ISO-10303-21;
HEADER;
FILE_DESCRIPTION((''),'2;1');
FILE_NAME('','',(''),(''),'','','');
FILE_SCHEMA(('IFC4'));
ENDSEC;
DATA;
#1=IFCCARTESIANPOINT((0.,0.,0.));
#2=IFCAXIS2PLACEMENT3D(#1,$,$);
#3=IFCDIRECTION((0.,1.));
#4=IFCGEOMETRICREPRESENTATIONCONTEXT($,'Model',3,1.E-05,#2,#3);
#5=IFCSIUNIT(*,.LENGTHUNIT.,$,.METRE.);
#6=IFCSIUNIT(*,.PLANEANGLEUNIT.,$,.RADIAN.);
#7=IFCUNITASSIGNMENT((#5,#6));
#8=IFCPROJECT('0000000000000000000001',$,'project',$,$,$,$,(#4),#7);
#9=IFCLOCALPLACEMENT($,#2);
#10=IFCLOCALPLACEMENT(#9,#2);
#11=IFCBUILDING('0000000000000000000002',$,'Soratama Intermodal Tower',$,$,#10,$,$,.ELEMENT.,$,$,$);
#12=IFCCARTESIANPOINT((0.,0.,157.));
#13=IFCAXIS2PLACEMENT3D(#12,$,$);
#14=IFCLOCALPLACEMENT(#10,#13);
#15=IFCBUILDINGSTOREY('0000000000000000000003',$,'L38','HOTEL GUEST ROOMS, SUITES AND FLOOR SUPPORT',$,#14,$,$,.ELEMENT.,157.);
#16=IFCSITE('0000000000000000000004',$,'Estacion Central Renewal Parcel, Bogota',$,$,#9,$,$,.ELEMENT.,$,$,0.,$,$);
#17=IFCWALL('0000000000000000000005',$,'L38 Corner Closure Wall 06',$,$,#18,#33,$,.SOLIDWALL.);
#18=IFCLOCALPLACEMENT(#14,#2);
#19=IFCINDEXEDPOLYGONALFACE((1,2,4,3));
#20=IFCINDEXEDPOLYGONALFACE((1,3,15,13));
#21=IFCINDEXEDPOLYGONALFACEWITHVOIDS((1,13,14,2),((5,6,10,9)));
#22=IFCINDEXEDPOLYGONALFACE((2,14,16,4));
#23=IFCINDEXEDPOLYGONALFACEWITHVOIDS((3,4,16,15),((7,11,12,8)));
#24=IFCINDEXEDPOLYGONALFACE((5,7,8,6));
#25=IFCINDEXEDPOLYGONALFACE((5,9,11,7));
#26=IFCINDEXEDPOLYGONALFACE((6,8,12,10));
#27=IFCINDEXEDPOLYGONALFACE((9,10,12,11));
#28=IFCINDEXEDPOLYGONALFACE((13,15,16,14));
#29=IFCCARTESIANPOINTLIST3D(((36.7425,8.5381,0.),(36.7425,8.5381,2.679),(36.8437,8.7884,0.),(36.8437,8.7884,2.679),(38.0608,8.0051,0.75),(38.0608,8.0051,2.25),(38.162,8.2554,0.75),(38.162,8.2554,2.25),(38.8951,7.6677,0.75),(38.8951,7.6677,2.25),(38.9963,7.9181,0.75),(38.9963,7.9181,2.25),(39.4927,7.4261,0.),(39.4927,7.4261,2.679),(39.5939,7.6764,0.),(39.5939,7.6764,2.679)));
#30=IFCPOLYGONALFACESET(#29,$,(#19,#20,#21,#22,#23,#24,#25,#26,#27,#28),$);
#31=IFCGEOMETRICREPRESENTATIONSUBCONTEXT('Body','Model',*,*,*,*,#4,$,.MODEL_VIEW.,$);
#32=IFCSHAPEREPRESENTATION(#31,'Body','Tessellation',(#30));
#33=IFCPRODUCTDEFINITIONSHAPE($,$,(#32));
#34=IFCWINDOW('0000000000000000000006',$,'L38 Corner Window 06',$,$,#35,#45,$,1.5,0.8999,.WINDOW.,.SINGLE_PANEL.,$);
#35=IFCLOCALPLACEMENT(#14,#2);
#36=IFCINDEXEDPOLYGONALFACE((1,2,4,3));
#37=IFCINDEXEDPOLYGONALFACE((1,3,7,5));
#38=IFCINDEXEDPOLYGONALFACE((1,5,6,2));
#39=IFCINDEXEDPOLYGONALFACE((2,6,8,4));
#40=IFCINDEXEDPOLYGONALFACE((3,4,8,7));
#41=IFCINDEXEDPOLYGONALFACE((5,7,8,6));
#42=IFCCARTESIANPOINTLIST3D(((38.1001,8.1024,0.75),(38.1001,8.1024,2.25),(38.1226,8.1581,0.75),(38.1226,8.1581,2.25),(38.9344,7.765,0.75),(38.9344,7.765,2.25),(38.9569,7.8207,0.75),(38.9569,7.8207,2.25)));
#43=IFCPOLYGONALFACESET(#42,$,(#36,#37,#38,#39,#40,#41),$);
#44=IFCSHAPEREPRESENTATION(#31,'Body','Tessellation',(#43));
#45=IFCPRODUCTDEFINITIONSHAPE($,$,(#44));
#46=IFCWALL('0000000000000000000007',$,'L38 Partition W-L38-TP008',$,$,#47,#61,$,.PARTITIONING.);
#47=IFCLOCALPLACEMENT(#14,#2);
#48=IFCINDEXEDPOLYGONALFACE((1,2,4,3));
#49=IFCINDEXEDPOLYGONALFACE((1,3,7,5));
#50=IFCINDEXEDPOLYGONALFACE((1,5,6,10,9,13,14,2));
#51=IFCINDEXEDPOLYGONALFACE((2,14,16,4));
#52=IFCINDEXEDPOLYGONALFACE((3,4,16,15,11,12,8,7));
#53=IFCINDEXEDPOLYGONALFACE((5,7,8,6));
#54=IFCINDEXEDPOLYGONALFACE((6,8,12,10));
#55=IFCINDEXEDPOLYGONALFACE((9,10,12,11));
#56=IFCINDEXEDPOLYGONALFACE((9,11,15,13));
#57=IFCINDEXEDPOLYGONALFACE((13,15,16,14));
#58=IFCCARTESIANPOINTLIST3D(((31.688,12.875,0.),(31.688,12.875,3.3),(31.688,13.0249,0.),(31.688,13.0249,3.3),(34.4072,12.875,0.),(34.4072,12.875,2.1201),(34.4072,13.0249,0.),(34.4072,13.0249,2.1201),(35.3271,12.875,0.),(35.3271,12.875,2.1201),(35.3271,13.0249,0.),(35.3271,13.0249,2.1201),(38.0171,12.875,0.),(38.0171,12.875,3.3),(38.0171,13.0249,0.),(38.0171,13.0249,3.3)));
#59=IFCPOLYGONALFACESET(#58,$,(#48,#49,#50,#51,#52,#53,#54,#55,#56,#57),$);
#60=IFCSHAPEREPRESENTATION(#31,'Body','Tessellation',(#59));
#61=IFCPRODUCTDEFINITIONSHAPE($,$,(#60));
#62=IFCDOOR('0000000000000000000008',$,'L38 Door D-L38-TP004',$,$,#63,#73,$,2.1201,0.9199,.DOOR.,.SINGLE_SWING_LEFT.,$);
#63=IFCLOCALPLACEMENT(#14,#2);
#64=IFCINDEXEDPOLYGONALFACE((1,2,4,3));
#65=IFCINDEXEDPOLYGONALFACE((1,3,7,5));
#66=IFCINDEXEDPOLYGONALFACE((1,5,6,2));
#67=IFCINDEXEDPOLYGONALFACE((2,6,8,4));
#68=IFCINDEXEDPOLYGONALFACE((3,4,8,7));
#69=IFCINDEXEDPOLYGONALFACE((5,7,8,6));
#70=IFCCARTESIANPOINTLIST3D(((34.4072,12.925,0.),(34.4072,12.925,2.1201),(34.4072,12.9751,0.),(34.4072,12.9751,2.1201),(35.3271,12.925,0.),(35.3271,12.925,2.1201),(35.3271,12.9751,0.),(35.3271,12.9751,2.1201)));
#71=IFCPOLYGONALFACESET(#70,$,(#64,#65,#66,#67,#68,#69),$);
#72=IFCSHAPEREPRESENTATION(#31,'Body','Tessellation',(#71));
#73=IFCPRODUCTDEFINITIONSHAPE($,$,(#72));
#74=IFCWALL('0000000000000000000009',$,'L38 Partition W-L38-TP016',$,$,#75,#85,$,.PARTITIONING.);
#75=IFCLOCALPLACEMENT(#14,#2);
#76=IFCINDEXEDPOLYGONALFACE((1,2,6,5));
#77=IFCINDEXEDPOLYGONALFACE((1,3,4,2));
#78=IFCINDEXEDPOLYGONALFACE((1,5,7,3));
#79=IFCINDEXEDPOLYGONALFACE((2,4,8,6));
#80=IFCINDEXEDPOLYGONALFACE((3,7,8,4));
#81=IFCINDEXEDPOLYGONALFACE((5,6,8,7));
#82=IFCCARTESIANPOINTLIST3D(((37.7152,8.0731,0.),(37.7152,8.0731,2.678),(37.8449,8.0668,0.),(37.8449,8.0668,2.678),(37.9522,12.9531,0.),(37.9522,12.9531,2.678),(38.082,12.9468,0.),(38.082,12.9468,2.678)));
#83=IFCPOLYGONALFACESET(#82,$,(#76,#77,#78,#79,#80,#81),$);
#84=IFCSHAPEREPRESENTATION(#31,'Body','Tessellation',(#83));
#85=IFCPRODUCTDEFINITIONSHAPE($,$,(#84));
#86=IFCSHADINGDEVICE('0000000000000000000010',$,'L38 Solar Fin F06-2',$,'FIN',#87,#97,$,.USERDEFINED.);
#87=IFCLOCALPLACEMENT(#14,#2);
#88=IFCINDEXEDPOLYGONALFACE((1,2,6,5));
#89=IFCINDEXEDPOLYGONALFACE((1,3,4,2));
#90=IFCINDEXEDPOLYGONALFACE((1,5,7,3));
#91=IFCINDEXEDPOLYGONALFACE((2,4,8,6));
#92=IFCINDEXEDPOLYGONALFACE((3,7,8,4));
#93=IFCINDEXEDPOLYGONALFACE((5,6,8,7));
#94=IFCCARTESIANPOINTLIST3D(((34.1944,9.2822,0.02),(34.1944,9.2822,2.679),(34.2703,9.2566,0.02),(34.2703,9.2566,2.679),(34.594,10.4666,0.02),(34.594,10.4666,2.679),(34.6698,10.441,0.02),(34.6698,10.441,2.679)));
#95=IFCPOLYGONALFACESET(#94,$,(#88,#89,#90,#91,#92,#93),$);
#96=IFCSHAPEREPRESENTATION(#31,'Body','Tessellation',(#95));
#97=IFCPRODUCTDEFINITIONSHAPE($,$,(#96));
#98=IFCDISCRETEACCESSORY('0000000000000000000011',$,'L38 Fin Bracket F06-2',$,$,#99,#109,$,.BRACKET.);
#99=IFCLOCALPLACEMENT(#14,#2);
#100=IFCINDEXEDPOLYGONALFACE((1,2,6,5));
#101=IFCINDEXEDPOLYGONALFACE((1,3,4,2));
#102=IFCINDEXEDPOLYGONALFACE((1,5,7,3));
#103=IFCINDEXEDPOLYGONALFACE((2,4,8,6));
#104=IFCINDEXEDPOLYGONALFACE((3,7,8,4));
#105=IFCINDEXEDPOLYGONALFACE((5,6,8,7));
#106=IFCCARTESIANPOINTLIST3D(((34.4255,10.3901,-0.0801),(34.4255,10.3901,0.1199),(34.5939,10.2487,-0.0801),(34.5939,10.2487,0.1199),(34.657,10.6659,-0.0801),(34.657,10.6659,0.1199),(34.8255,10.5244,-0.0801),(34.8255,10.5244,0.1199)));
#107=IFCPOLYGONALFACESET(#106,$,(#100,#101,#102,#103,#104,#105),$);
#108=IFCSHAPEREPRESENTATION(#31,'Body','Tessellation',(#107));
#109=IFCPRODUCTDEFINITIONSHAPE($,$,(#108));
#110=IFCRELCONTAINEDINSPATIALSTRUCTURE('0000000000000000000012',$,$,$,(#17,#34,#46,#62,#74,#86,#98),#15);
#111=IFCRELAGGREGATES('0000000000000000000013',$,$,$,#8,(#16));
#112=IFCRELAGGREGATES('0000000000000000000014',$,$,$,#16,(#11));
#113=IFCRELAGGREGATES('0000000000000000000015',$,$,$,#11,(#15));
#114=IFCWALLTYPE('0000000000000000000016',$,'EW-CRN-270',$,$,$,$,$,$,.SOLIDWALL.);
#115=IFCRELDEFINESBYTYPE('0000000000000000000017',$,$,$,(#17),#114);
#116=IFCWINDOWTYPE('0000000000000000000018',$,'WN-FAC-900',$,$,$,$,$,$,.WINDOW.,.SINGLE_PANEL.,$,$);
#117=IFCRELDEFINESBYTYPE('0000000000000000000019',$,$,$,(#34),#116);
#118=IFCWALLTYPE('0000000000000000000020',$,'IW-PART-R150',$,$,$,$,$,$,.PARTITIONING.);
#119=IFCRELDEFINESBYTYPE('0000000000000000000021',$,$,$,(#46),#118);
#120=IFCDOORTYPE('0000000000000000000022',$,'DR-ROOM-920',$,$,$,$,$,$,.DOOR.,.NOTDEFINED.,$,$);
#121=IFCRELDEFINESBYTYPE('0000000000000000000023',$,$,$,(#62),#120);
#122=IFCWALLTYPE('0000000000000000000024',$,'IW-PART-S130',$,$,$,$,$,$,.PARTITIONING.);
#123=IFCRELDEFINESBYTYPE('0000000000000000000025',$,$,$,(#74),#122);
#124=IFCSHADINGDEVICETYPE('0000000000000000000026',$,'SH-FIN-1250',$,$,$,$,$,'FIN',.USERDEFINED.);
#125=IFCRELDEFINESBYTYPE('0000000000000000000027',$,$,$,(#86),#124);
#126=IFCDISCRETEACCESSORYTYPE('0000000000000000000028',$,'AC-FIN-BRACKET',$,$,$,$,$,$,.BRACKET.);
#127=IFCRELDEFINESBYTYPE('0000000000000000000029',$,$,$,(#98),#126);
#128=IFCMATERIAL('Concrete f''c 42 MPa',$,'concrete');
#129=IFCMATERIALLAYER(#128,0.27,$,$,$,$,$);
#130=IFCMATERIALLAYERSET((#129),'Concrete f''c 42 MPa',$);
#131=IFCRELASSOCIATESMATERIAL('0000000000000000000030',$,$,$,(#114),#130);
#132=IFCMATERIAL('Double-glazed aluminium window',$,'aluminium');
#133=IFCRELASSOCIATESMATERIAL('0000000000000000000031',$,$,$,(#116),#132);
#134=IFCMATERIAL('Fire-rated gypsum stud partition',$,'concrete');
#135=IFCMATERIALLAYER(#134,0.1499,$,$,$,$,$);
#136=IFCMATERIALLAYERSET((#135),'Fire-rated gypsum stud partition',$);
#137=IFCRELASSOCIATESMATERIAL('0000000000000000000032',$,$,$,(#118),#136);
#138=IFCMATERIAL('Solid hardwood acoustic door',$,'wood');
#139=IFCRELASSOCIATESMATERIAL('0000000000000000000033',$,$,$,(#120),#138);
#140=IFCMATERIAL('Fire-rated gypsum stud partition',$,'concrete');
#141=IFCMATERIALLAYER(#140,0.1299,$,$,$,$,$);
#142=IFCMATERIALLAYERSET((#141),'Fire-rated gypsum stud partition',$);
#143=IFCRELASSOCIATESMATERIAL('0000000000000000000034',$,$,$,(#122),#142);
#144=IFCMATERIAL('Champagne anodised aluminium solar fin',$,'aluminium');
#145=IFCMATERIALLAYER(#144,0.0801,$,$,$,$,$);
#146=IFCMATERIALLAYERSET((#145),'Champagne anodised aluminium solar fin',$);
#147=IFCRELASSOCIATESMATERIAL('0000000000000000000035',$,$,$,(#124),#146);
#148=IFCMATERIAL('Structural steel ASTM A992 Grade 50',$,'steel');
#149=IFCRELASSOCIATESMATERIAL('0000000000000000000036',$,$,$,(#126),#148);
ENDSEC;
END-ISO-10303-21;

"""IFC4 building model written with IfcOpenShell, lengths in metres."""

from ifc_helpers import new_model, si_unit, direction, frame, frame_2d, origin, origin_2d, place, context, subcontext, project, spatial, rectangle, extrude, material, layer, layer_set, type_object, element, fill, save


model = new_model("IFC4")

# Units and contexts
model_context = context("Model", 3, precision=1e-05, world=origin(), true_north=direction((0.0, 1.0)))
body_context = subcontext(model_context, "Body", "Model", "MODEL_VIEW")
ifc_project = project(units=[si_unit("LENGTHUNIT", "METRE"), si_unit("PLANEANGLEUNIT", "RADIAN")], contexts=[model_context])

# Site, building, storey
site_placement = place(None, origin())
site = spatial("IfcSite", under=ifc_project, at=site_placement, Name="Estacion Central Renewal Parcel, Bogota", CompositionType="ELEMENT", RefElevation=0.0)
building_placement = place(site_placement, origin())
building = spatial("IfcBuilding", under=site, at=building_placement, Name="Soratama Intermodal Tower", CompositionType="ELEMENT")
storey_placement = place(building_placement, frame((0.0, 0.0, 157.0)))
storey = spatial("IfcBuildingStorey", under=building, at=storey_placement, Name="L38", Description="HOTEL GUEST ROOMS, SUITES AND FLOOR SUPPORT", CompositionType="ELEMENT", Elevation=157.0)

# Wall, opening, window
ifc_material_1 = material(Name="Concrete f'c 42 MPa", Category="concrete")
ifc_layer_1 = layer(ifc_material_1, 0.27)
ifc_layer_set_1 = layer_set([ifc_layer_1], Name="Concrete f'c 42 MPa")
wall_type_1 = type_object("IfcWallType", Name="EW-CRN-270", PredefinedType="SOLIDWALL", material=ifc_layer_set_1)
wall_1_placement = place(storey_placement, frame((36.793, 8.6633, 0.0), z_axis=(0.0, 0.0, 1.0), x_axis=(0.92708, -0.374864, 0.0)))
wall_1 = element("IfcWall", 1, at=wall_1_placement, inside=storey, type_object=wall_type_1, Name="L38 Corner Closure Wall 06", PredefinedType="SOLIDWALL", context=body_context, shape_type="SweptSolid", body=[
    extrude(rectangle(XDim=2.9666, YDim=0.27, at=frame_2d((1.4834, 0.0))), origin(), (0.0, 0.0, 1.0), 2.679),
])
opening_1_placement = place(wall_1_placement, frame((1.4221, 0.0, 0.75)))
opening_1 = element("IfcOpeningElement", 2, at=opening_1_placement, cuts=wall_1, PredefinedType="OPENING", context=body_context, shape_type="SweptSolid", body=[
    extrude(rectangle(XDim=0.8999, YDim=1.5, at=frame_2d((0.45, 0.75))), frame((0.0, 0.145, 0.0), z_axis=(0.0, -1.0, 0.0), x_axis=(1.0, 0.0, 0.0)), (0.0, 0.0, 1.0), 0.29),
])
ifc_material_2 = material(Name="Double-glazed aluminium window", Category="aluminium")
window_type = type_object("IfcWindowType", Name="WN-FAC-900", PartitioningType="SINGLE_PANEL", PredefinedType="WINDOW", material=ifc_material_2)
window_placement = place(opening_1_placement, origin())
window = element("IfcWindow", 3, at=window_placement, inside=storey, type_object=window_type, Name="L38 Corner Window 06", OverallHeight=1.5, OverallWidth=0.8999, PartitioningType="SINGLE_PANEL", PredefinedType="WINDOW", context=body_context, shape_type="SweptSolid", body=[
    extrude(rectangle(XDim=0.8999, YDim=1.5, at=frame_2d((0.45, 0.75))), frame((0.0, 0.03, 0.0), z_axis=(0.0, -1.0, 0.0), x_axis=(1.0, 0.0, 0.0)), (0.0, 0.0, 1.0), 0.0601),
])
fill(opening_1, window)

# Wall, opening, door
ifc_material_3 = material(Name="Fire-rated gypsum stud partition", Category="concrete")
ifc_layer_2 = layer(ifc_material_3, 0.1499)
ifc_layer_set_2 = layer_set([ifc_layer_2], Name="Fire-rated gypsum stud partition")
wall_type_2 = type_object("IfcWallType", Name="IW-PART-R150", PredefinedType="PARTITIONING", material=ifc_layer_set_2)
wall_2_placement = place(storey_placement, frame((38.0171, 12.95, 0.0), z_axis=(0.0, 0.0, 1.0), x_axis=(-1.0, 0.0, 0.0)))
wall_2 = element("IfcWall", 4, at=wall_2_placement, inside=storey, type_object=wall_type_2, Name="L38 Partition W-L38-TP008", PredefinedType="PARTITIONING", context=body_context, shape_type="SweptSolid", body=[
    extrude(rectangle(XDim=6.3291, YDim=0.1499, at=frame_2d((3.1646, 0.0))), origin(), (0.0, 0.0, 1.0), 3.3),
])
opening_2_placement = place(wall_2_placement, frame((2.6899, 0.0, 0.0)))
opening_2 = element("IfcOpeningElement", 5, at=opening_2_placement, cuts=wall_2, PredefinedType="OPENING", context=body_context, shape_type="SweptSolid", body=[
    extrude(rectangle(XDim=0.9199, YDim=2.1201, at=frame_2d((0.46, 1.0601))), frame((0.0, 0.085, 0.0), z_axis=(0.0, -1.0, 0.0), x_axis=(1.0, 0.0, 0.0)), (0.0, 0.0, 1.0), 0.1699),
])
ifc_material_4 = material(Name="Solid hardwood acoustic door", Category="wood")
door_type = type_object("IfcDoorType", Name="DR-ROOM-920", OperationType="NOTDEFINED", PredefinedType="DOOR", material=ifc_material_4)
door_placement = place(opening_2_placement, origin())
door = element("IfcDoor", 6, at=door_placement, inside=storey, type_object=door_type, Name="L38 Door D-L38-TP004", OperationType="SINGLE_SWING_LEFT", OverallHeight=2.1201, OverallWidth=0.9199, PredefinedType="DOOR", context=body_context, shape_type="SweptSolid", body=[
    extrude(rectangle(XDim=0.9199, YDim=2.1201, at=frame_2d((0.46, 1.0601))), frame((0.0, 0.0249, 0.0), z_axis=(0.0, -1.0, 0.0), x_axis=(1.0, 0.0, 0.0)), (0.0, 0.0, 1.0), 0.05),
])
fill(opening_2, door)

# Wall
ifc_material_5 = material(Name="Fire-rated gypsum stud partition", Category="concrete")
ifc_layer_3 = layer(ifc_material_5, 0.1299)
ifc_layer_set_3 = layer_set([ifc_layer_3], Name="Fire-rated gypsum stud partition")
wall_type_3 = type_object("IfcWallType", Name="IW-PART-S130", PredefinedType="PARTITIONING", material=ifc_layer_set_3)
wall_3_placement = place(storey_placement, frame((38.0171, 12.95, 0.0), z_axis=(0.0, 0.0, 1.0), x_axis=(-0.048522, -0.998822, 0.0)))
element("IfcWall", 7, at=wall_3_placement, inside=storey, type_object=wall_type_3, Name="L38 Partition W-L38-TP016", PredefinedType="PARTITIONING", context=body_context, shape_type="SweptSolid", body=[
    extrude(rectangle(XDim=4.8857, YDim=0.1299, at=frame_2d((2.4429, 0.0))), origin(), (0.0, 0.0, 1.0), 2.678),
])

# Shading device
ifc_material_6 = material(Name="Champagne anodised aluminium solar fin", Category="aluminium")
ifc_layer_4 = layer(ifc_material_6, 0.0801)
ifc_layer_set_4 = layer_set([ifc_layer_4], Name="Champagne anodised aluminium solar fin")
shading_device_type = type_object("IfcShadingDeviceType", Name="SH-FIN-1250", ElementType="FIN", PredefinedType="USERDEFINED", material=ifc_layer_set_4)
shading_device_placement = place(storey_placement, frame((34.4321, 9.8616, 0.02), z_axis=(0.0, 0.0, 1.0), x_axis=(-0.319621, -0.947546, 0.0)))
element("IfcShadingDevice", 8, at=shading_device_placement, inside=storey, type_object=shading_device_type, Name="L38 Solar Fin F06-2", ObjectType="FIN", PredefinedType="USERDEFINED", context=body_context, shape_type="SweptSolid", body=[
    extrude(rectangle(XDim=1.25, YDim=0.0801, at=origin_2d()), origin(), (0.0, 0.0, 1.0), 2.6589),
])

# Discrete accessory
ifc_material_7 = material(Name="Structural steel ASTM A992 Grade 50", Category="steel")
discrete_accessory_type = type_object("IfcDiscreteAccessoryType", Name="AC-FIN-BRACKET", PredefinedType="BRACKET", material=ifc_material_7)
discrete_accessory_placement = place(storey_placement, frame((34.6255, 10.4573, -0.0801), z_axis=(0.0, 0.0, 1.0), x_axis=(-0.643055, -0.76582, 0.0)))
element("IfcDiscreteAccessory", 9, at=discrete_accessory_placement, inside=storey, type_object=discrete_accessory_type, Name="L38 Fin Bracket F06-2", PredefinedType="BRACKET", context=body_context, shape_type="SweptSolid", body=[
    extrude(rectangle(XDim=0.3601, YDim=0.22, at=origin_2d()), origin(), (0.0, 0.0, 1.0), 0.2),
])

save(model, "model.ifc")
